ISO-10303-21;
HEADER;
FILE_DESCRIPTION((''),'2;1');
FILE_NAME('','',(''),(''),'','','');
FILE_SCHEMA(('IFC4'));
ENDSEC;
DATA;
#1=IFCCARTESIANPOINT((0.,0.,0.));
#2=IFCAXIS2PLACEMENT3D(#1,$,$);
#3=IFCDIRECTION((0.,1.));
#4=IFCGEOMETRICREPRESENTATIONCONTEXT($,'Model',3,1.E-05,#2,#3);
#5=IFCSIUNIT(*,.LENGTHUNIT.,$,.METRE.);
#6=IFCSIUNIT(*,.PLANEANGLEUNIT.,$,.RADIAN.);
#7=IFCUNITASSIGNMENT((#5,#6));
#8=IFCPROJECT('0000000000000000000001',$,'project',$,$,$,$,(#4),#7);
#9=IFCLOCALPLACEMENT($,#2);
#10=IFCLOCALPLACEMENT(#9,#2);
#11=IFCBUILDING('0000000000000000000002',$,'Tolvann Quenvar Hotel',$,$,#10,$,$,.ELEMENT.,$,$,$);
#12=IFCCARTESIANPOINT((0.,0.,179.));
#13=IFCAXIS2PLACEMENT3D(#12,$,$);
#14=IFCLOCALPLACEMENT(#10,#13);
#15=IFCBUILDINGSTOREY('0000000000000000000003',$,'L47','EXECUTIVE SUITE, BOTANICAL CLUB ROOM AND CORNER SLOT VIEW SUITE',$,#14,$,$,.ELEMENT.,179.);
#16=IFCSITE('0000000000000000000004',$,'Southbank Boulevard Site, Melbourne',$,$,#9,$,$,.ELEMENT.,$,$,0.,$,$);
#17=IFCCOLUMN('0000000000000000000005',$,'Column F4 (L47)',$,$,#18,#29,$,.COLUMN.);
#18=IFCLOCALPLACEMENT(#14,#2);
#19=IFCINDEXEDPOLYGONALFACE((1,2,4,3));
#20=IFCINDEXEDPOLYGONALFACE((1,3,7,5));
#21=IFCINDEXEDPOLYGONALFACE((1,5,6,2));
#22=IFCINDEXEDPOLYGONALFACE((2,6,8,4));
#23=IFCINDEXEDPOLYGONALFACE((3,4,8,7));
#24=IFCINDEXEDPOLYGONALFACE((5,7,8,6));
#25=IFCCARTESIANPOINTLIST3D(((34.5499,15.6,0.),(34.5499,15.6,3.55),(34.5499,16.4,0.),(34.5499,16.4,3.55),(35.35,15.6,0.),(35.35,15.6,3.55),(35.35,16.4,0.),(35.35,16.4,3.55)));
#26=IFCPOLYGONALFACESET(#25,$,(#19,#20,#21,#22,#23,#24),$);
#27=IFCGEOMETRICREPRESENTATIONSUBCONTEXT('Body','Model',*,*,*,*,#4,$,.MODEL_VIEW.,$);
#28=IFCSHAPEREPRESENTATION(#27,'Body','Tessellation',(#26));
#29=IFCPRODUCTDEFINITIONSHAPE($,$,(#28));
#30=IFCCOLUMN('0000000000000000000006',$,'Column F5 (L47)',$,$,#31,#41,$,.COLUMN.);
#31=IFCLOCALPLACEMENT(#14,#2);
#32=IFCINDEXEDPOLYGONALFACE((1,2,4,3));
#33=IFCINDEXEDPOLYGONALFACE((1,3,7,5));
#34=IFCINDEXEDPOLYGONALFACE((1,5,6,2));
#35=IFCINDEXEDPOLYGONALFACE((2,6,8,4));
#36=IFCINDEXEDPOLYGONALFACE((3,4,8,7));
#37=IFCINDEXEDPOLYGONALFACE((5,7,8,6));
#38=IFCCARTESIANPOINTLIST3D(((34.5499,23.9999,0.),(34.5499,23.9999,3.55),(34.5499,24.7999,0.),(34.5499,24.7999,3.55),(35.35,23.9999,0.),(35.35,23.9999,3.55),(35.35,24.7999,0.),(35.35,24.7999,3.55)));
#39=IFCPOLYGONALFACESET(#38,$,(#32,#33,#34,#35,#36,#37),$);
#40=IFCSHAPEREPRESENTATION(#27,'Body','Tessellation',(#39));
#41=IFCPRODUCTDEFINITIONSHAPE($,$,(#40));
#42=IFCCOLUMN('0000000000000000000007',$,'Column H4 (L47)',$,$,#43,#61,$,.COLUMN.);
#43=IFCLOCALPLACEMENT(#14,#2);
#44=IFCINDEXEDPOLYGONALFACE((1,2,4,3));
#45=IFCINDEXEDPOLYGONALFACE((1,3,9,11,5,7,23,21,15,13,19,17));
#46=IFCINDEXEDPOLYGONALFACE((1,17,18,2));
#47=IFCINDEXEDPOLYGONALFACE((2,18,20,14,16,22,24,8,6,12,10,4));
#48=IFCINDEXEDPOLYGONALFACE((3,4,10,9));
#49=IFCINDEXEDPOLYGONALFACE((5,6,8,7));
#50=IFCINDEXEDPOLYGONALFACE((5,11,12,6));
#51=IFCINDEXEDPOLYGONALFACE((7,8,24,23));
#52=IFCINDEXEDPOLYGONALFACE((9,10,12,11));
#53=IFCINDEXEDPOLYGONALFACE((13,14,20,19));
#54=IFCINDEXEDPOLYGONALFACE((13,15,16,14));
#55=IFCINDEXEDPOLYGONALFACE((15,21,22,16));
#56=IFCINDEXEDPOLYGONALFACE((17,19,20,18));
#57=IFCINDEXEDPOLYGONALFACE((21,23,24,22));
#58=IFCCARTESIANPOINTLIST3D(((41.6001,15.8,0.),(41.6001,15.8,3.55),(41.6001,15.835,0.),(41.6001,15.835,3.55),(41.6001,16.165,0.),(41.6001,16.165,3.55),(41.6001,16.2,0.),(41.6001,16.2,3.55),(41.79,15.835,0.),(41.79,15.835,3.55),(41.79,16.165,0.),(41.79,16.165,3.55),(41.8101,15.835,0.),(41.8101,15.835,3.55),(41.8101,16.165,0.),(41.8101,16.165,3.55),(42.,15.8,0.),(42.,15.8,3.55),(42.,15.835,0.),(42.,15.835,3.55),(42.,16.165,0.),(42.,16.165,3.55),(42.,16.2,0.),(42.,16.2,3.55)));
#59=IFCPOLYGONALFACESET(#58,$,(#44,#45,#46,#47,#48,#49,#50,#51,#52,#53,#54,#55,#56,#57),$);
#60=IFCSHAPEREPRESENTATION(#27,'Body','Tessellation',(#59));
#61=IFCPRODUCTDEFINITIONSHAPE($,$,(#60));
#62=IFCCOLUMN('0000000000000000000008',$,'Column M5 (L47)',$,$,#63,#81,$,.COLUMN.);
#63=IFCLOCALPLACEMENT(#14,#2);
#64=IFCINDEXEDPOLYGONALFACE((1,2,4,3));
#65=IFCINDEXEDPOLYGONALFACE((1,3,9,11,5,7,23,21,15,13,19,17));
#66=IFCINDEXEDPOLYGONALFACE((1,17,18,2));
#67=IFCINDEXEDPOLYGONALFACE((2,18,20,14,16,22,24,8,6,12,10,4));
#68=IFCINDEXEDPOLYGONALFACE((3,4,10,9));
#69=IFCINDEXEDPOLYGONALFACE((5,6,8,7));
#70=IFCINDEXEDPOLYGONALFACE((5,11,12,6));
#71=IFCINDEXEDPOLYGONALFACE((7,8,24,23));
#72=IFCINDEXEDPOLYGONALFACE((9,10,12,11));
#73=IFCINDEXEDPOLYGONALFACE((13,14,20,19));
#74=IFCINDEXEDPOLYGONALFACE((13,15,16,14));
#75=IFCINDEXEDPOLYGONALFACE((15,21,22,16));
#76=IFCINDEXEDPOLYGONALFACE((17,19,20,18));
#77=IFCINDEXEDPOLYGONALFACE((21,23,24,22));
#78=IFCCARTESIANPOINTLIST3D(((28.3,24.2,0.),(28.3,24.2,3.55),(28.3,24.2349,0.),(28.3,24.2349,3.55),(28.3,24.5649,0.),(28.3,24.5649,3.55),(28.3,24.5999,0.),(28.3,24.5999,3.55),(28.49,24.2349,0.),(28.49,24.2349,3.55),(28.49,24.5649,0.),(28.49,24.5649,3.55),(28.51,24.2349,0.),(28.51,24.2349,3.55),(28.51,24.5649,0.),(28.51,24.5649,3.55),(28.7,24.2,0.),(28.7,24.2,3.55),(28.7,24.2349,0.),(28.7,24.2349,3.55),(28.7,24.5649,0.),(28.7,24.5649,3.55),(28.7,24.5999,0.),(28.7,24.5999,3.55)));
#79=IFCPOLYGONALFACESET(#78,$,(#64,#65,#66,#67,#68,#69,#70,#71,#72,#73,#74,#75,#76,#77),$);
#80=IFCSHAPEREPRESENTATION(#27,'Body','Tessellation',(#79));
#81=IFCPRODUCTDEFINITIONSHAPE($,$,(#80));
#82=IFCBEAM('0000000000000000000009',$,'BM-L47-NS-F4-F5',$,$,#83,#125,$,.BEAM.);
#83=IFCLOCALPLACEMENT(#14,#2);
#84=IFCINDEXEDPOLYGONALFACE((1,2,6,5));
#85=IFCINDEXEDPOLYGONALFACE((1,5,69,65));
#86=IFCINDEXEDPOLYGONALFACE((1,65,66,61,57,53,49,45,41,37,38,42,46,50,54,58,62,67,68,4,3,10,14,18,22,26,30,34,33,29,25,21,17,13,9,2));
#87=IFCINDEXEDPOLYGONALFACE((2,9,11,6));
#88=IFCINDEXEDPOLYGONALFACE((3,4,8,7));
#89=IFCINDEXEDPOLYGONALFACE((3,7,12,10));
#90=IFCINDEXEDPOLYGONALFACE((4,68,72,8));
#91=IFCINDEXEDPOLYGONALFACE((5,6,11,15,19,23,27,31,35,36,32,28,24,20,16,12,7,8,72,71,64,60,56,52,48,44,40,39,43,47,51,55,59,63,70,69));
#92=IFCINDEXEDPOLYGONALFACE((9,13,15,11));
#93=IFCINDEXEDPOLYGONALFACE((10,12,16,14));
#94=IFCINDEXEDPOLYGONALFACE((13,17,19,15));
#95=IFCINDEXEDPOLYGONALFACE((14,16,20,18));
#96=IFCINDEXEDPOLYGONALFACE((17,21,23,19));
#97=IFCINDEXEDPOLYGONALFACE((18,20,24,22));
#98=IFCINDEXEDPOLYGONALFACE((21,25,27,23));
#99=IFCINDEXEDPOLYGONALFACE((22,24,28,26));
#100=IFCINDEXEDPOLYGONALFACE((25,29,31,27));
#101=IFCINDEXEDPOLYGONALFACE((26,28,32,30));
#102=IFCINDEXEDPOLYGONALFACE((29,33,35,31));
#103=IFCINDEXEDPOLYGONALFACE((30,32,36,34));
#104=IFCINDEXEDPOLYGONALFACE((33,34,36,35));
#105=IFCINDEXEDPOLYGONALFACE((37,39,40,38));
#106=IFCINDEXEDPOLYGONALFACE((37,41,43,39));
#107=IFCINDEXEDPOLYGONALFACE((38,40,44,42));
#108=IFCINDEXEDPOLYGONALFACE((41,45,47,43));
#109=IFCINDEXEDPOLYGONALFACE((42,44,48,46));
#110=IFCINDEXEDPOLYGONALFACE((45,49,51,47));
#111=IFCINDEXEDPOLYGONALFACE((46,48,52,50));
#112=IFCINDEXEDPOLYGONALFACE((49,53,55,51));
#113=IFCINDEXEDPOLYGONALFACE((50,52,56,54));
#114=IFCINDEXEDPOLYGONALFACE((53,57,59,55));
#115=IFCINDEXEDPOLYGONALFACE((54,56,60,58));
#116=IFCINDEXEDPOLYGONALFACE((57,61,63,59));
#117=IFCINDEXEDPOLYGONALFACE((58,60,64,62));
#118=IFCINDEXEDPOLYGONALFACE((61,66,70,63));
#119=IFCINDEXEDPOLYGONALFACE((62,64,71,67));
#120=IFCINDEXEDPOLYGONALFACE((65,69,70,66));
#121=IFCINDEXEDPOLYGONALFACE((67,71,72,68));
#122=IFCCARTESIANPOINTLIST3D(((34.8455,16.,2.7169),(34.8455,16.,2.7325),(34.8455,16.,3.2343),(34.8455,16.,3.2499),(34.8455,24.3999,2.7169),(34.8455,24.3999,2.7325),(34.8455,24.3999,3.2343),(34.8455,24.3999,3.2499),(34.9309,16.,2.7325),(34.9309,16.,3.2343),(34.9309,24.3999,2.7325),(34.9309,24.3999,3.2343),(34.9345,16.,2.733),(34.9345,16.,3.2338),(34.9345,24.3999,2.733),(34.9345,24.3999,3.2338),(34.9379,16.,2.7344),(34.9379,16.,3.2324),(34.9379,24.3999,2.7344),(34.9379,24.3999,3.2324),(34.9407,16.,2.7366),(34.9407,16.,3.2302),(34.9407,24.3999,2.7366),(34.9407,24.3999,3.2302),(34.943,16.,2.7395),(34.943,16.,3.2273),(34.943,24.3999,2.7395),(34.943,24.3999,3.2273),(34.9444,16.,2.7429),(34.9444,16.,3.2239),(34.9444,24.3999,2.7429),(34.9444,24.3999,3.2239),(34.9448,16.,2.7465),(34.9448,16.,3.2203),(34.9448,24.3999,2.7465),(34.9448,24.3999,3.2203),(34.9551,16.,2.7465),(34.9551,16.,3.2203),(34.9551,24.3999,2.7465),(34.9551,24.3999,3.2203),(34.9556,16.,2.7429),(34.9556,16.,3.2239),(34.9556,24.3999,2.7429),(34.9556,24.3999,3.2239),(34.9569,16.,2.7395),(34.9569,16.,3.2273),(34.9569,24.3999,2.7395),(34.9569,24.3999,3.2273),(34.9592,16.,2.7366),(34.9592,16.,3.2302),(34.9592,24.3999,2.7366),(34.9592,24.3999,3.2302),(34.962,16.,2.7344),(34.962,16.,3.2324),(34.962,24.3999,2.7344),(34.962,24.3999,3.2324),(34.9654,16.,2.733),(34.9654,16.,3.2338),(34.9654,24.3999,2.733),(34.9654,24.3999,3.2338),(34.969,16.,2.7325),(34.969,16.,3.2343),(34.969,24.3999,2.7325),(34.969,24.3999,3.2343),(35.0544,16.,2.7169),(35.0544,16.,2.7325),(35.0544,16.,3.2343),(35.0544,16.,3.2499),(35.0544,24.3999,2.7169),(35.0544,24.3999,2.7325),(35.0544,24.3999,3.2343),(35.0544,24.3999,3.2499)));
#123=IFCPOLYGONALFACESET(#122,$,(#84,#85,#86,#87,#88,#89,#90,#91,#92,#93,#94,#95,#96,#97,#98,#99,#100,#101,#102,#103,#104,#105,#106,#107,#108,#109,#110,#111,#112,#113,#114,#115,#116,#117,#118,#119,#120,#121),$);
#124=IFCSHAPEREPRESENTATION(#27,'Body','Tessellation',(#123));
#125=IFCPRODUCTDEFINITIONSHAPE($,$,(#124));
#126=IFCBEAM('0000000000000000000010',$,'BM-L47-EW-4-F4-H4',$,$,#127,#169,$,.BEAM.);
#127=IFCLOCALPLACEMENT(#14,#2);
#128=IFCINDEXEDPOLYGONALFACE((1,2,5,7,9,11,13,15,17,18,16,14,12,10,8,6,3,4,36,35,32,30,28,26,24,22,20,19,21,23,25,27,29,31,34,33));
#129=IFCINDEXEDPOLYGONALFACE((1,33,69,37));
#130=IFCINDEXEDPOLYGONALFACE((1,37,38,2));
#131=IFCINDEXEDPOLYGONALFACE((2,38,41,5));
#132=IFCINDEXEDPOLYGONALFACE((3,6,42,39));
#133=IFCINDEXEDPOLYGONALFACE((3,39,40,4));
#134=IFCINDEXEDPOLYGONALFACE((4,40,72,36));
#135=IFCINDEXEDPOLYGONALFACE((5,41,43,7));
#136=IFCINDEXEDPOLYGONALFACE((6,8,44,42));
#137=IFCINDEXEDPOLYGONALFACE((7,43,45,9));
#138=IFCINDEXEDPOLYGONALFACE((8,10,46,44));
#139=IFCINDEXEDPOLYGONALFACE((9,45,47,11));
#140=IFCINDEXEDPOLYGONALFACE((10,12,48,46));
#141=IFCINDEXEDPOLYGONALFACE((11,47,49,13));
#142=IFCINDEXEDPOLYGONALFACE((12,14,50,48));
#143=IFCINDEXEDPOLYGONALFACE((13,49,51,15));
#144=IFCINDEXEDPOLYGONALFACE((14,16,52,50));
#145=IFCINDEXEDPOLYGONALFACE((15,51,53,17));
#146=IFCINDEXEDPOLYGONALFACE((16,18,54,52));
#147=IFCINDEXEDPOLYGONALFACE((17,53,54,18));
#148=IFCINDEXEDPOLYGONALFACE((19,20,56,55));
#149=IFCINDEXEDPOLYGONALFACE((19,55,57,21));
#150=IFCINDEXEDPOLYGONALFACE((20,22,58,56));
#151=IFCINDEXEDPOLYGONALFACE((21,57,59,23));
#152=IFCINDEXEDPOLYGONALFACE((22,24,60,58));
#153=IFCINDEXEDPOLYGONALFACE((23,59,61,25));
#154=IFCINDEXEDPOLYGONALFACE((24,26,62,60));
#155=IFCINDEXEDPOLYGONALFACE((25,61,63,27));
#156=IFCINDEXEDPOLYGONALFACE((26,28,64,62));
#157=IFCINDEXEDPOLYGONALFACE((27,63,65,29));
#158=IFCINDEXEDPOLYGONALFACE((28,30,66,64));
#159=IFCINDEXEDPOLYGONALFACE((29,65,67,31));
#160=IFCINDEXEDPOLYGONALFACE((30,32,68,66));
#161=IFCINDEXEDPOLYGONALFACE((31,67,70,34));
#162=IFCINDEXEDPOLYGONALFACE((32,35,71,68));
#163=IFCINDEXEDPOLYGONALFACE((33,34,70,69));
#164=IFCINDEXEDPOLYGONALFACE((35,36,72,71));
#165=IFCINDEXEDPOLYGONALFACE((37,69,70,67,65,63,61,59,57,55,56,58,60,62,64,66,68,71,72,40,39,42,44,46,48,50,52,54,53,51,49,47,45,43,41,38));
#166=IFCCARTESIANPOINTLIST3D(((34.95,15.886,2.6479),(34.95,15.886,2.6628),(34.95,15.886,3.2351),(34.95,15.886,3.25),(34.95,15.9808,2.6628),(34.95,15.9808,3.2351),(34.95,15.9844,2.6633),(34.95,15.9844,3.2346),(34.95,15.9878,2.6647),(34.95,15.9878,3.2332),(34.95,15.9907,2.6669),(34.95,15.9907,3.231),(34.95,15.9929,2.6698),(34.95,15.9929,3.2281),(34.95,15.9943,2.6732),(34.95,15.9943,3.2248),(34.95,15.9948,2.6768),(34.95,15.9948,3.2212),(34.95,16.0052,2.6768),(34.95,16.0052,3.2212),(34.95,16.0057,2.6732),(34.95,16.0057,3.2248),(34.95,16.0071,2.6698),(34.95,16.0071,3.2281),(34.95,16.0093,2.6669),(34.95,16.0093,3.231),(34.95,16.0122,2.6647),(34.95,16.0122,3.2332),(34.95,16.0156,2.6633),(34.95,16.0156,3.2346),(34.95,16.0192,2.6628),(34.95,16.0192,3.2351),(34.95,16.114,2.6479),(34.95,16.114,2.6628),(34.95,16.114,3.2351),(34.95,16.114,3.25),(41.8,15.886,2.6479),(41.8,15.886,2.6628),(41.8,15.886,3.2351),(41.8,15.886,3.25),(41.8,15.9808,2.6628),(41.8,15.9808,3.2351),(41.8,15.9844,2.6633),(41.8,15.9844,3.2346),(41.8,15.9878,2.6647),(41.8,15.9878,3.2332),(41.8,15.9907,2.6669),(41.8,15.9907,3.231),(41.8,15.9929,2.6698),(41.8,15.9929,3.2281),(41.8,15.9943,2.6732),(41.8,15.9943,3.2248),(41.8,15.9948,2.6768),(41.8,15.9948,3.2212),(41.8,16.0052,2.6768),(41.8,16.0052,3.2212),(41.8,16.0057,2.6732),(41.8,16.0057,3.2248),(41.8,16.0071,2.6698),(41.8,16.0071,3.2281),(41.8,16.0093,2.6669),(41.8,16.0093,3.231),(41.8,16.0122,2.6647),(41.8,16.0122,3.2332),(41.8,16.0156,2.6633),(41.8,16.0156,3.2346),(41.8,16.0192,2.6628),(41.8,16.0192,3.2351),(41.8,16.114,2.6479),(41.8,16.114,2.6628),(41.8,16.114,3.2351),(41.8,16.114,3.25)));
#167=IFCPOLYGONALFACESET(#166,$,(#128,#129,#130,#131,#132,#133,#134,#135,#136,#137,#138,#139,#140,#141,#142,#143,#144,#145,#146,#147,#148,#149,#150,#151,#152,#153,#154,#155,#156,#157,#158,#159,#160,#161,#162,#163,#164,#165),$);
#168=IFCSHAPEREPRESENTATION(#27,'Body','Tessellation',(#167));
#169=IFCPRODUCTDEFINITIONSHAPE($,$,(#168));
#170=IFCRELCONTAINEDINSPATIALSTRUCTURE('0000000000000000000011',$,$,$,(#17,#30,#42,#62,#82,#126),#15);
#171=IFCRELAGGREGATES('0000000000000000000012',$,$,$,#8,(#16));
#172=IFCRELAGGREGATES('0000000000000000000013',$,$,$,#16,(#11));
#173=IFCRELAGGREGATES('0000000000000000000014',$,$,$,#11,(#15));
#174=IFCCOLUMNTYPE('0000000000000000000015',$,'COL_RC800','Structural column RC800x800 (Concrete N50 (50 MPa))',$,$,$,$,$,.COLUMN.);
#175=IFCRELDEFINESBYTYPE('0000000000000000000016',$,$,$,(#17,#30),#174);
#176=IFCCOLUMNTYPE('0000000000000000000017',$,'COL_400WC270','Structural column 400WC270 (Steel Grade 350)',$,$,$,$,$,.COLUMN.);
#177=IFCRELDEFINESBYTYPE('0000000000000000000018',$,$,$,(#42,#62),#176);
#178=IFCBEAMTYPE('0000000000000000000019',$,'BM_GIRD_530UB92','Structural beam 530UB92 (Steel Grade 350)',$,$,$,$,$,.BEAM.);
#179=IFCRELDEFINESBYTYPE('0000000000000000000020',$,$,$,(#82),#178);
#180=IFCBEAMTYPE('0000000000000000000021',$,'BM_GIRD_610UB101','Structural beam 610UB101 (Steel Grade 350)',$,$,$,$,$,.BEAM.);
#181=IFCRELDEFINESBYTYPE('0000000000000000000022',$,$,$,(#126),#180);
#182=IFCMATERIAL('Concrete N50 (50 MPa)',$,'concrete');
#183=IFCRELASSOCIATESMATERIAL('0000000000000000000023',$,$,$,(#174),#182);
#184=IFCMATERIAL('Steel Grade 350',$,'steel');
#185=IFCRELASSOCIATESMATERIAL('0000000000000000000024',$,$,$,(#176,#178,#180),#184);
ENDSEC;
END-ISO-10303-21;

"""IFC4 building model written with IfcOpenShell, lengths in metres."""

from ifc_helpers import new_model, si_unit, direction, frame, origin, origin_2d, place, context, subcontext, project, spatial, rectangle, i_section, extrude, source, transform, mapped, material, material_profile, profile_set, type_object, type_shapes, element, save


model = new_model("IFC4")

# Units and contexts
model_context = context("Model", 3, precision=1e-05, world=origin(), true_north=direction((0.0, 1.0)))
body_context = subcontext(model_context, "Body", "Model", "MODEL_VIEW")
ifc_project = project(units=[si_unit("LENGTHUNIT", "METRE"), si_unit("PLANEANGLEUNIT", "RADIAN")], contexts=[model_context])

# Site, building, storey
site_placement = place(None, origin())
site = spatial("IfcSite", under=ifc_project, at=site_placement, Name="Southbank Boulevard Site, Melbourne", CompositionType="ELEMENT", RefElevation=0.0)
building_placement = place(site_placement, origin())
building = spatial("IfcBuilding", under=site, at=building_placement, Name="Tolvann Quenvar Hotel", CompositionType="ELEMENT")
storey_placement = place(building_placement, frame((0.0, 0.0, 179.0)))
storey = spatial("IfcBuildingStorey", under=building, at=storey_placement, Name="L47", Description="EXECUTIVE SUITE, BOTANICAL CLUB ROOM AND CORNER SLOT VIEW SUITE", CompositionType="ELEMENT", Elevation=179.0)

# Columns
ifc_material_1 = material(Name="Concrete N50 (50 MPa)", Category="concrete")
ifc_material_profile_1 = material_profile(ifc_material_1, rectangle(XDim=0.8, YDim=0.8, at=origin_2d()), Name="RC800x800")
ifc_profile_set_1 = profile_set([ifc_material_profile_1], Name="Concrete N50 (50 MPa)")
column_type_1 = type_object("IfcColumnType", Name="COL_RC800", Description="Structural column RC800x800 (Concrete N50 (50 MPa))", PredefinedType="COLUMN", material=ifc_profile_set_1)
shared_shape_1 = source(origin(), body_context, "Body", "SweptSolid", [
    extrude(rectangle(XDim=0.8, YDim=0.8, at=origin_2d()), origin(), (0.0, 0.0, 1.0), 3.55),
])
type_shapes(column_type_1, [shared_shape_1])
for number, where, z_axis, x_axis, name in (
    (1, (34.95, 16.0, 0.0), (0.0, 0.0, 1.0), (1.0, 0.0, 0.0), "Column F4 (L47)"),
    (2, (34.95, 24.3999, 0.0), (0.0, 0.0, 1.0), (1.0, 0.0, 0.0), "Column F5 (L47)"),
):
    element("IfcColumn", number, at=place(storey_placement, frame(where, z_axis=z_axis, x_axis=x_axis)), inside=storey, type_object=column_type_1, Name=name, PredefinedType="COLUMN", context=body_context, shape_type="MappedRepresentation", body=[
        mapped(shared_shape_1, transform((0.0, 0.0, 0.0), x_axis=(1.0, 0.0, 0.0), y_axis=(0.0, 1.0, 0.0), z_axis=(0.0, 0.0, 1.0), scale=1.0)),
    ])
ifc_material_2 = material(Name="Steel Grade 350", Category="steel")
ifc_material_profile_2 = material_profile(ifc_material_2, i_section(OverallWidth=0.3999, OverallDepth=0.3999, WebThickness=0.02, FlangeThickness=0.0349, at=origin_2d()), Name="400WC270")
ifc_profile_set_2 = profile_set([ifc_material_profile_2], Name="Steel Grade 350")
column_type_2 = type_object("IfcColumnType", Name="COL_400WC270", Description="Structural column 400WC270 (Steel Grade 350)", PredefinedType="COLUMN", material=ifc_profile_set_2)
shared_shape_2 = source(origin(), body_context, "Body", "SweptSolid", [
    extrude(i_section(OverallWidth=0.3999, OverallDepth=0.3999, WebThickness=0.02, FlangeThickness=0.0349, at=origin_2d()), origin(), (0.0, 0.0, 1.0), 3.55),
])
type_shapes(column_type_2, [shared_shape_2])
for number, where, z_axis, x_axis, name in (
    (3, (41.8, 16.0, 0.0), (0.0, 0.0, 1.0), (1.0, 0.0, 0.0), "Column H4 (L47)"),
    (4, (28.5, 24.3999, 0.0), (0.0, 0.0, 1.0), (1.0, 0.0, 0.0), "Column M5 (L47)"),
):
    element("IfcColumn", number, at=place(storey_placement, frame(where, z_axis=z_axis, x_axis=x_axis)), inside=storey, type_object=column_type_2, Name=name, PredefinedType="COLUMN", context=body_context, shape_type="MappedRepresentation", body=[
        mapped(shared_shape_2, transform((0.0, 0.0, 0.0), x_axis=(1.0, 0.0, 0.0), y_axis=(0.0, 1.0, 0.0), z_axis=(0.0, 0.0, 1.0), scale=1.0)),
    ])

# Beams
ifc_material_profile_3 = material_profile(ifc_material_2, i_section(OverallWidth=0.209, OverallDepth=0.533, WebThickness=0.0103, FlangeThickness=0.0156, FilletRadius=0.0139, at=origin_2d()), Name="530UB92")
ifc_profile_set_3 = profile_set([ifc_material_profile_3], Name="Steel Grade 350")
beam_type_1 = type_object("IfcBeamType", Name="BM_GIRD_530UB92", Description="Structural beam 530UB92 (Steel Grade 350)", PredefinedType="BEAM", material=ifc_profile_set_3)
shared_shape_3 = source(origin(), body_context, "Body", "SweptSolid", [
    extrude(i_section(OverallWidth=0.209, OverallDepth=0.533, WebThickness=0.0103, FlangeThickness=0.0156, FilletRadius=0.0139, at=origin_2d()), origin(), (0.0, 0.0, 1.0), 8.3999),
])
type_shapes(beam_type_1, [shared_shape_3])
beam_1_placement = place(storey_placement, frame((34.95, 16.0, 2.9834), z_axis=(0.0, 1.0, 0.0), x_axis=(-1.0, 0.0, 0.0)))
element("IfcBeam", 5, at=beam_1_placement, inside=storey, type_object=beam_type_1, Name="BM-L47-NS-F4-F5", PredefinedType="BEAM", context=body_context, shape_type="MappedRepresentation", body=[
    mapped(shared_shape_3, transform((0.0, 0.0, 0.0), x_axis=(1.0, 0.0, 0.0), y_axis=(0.0, 1.0, 0.0), z_axis=(0.0, 0.0, 1.0), scale=1.0)),
])
ifc_material_profile_4 = material_profile(ifc_material_2, i_section(OverallWidth=0.228, OverallDepth=0.6021, WebThickness=0.0105, FlangeThickness=0.0149, FilletRadius=0.0139, at=origin_2d()), Name="610UB101")
ifc_profile_set_4 = profile_set([ifc_material_profile_4], Name="Steel Grade 350")
beam_type_2 = type_object("IfcBeamType", Name="BM_GIRD_610UB101", Description="Structural beam 610UB101 (Steel Grade 350)", PredefinedType="BEAM", material=ifc_profile_set_4)
shared_shape_4 = source(origin(), body_context, "Body", "SweptSolid", [
    extrude(i_section(OverallWidth=0.228, OverallDepth=0.6021, WebThickness=0.0105, FlangeThickness=0.0149, FilletRadius=0.0139, at=origin_2d()), origin(), (0.0, 0.0, 1.0), 6.8501),
])
for number, where, z_axis, x_axis, name in (
    (6, (34.95, 16.0, 2.949), (1.0, 0.0, 0.0), (0.0, 1.0, 0.0), "BM-L47-EW-4-F4-H4"),
):
    element("IfcBeam", number, at=place(storey_placement, frame(where, z_axis=z_axis, x_axis=x_axis)), inside=storey, type_object=beam_type_2, Name=name, PredefinedType="BEAM", context=body_context, shape_type="MappedRepresentation", body=[
        mapped(shared_shape_4, transform((0.0, 0.0, 0.0), x_axis=(1.0, 0.0, 0.0), y_axis=(0.0, 1.0, 0.0), z_axis=(0.0, 0.0, 1.0), scale=1.0)),
    ])

save(model, "model.ifc")
